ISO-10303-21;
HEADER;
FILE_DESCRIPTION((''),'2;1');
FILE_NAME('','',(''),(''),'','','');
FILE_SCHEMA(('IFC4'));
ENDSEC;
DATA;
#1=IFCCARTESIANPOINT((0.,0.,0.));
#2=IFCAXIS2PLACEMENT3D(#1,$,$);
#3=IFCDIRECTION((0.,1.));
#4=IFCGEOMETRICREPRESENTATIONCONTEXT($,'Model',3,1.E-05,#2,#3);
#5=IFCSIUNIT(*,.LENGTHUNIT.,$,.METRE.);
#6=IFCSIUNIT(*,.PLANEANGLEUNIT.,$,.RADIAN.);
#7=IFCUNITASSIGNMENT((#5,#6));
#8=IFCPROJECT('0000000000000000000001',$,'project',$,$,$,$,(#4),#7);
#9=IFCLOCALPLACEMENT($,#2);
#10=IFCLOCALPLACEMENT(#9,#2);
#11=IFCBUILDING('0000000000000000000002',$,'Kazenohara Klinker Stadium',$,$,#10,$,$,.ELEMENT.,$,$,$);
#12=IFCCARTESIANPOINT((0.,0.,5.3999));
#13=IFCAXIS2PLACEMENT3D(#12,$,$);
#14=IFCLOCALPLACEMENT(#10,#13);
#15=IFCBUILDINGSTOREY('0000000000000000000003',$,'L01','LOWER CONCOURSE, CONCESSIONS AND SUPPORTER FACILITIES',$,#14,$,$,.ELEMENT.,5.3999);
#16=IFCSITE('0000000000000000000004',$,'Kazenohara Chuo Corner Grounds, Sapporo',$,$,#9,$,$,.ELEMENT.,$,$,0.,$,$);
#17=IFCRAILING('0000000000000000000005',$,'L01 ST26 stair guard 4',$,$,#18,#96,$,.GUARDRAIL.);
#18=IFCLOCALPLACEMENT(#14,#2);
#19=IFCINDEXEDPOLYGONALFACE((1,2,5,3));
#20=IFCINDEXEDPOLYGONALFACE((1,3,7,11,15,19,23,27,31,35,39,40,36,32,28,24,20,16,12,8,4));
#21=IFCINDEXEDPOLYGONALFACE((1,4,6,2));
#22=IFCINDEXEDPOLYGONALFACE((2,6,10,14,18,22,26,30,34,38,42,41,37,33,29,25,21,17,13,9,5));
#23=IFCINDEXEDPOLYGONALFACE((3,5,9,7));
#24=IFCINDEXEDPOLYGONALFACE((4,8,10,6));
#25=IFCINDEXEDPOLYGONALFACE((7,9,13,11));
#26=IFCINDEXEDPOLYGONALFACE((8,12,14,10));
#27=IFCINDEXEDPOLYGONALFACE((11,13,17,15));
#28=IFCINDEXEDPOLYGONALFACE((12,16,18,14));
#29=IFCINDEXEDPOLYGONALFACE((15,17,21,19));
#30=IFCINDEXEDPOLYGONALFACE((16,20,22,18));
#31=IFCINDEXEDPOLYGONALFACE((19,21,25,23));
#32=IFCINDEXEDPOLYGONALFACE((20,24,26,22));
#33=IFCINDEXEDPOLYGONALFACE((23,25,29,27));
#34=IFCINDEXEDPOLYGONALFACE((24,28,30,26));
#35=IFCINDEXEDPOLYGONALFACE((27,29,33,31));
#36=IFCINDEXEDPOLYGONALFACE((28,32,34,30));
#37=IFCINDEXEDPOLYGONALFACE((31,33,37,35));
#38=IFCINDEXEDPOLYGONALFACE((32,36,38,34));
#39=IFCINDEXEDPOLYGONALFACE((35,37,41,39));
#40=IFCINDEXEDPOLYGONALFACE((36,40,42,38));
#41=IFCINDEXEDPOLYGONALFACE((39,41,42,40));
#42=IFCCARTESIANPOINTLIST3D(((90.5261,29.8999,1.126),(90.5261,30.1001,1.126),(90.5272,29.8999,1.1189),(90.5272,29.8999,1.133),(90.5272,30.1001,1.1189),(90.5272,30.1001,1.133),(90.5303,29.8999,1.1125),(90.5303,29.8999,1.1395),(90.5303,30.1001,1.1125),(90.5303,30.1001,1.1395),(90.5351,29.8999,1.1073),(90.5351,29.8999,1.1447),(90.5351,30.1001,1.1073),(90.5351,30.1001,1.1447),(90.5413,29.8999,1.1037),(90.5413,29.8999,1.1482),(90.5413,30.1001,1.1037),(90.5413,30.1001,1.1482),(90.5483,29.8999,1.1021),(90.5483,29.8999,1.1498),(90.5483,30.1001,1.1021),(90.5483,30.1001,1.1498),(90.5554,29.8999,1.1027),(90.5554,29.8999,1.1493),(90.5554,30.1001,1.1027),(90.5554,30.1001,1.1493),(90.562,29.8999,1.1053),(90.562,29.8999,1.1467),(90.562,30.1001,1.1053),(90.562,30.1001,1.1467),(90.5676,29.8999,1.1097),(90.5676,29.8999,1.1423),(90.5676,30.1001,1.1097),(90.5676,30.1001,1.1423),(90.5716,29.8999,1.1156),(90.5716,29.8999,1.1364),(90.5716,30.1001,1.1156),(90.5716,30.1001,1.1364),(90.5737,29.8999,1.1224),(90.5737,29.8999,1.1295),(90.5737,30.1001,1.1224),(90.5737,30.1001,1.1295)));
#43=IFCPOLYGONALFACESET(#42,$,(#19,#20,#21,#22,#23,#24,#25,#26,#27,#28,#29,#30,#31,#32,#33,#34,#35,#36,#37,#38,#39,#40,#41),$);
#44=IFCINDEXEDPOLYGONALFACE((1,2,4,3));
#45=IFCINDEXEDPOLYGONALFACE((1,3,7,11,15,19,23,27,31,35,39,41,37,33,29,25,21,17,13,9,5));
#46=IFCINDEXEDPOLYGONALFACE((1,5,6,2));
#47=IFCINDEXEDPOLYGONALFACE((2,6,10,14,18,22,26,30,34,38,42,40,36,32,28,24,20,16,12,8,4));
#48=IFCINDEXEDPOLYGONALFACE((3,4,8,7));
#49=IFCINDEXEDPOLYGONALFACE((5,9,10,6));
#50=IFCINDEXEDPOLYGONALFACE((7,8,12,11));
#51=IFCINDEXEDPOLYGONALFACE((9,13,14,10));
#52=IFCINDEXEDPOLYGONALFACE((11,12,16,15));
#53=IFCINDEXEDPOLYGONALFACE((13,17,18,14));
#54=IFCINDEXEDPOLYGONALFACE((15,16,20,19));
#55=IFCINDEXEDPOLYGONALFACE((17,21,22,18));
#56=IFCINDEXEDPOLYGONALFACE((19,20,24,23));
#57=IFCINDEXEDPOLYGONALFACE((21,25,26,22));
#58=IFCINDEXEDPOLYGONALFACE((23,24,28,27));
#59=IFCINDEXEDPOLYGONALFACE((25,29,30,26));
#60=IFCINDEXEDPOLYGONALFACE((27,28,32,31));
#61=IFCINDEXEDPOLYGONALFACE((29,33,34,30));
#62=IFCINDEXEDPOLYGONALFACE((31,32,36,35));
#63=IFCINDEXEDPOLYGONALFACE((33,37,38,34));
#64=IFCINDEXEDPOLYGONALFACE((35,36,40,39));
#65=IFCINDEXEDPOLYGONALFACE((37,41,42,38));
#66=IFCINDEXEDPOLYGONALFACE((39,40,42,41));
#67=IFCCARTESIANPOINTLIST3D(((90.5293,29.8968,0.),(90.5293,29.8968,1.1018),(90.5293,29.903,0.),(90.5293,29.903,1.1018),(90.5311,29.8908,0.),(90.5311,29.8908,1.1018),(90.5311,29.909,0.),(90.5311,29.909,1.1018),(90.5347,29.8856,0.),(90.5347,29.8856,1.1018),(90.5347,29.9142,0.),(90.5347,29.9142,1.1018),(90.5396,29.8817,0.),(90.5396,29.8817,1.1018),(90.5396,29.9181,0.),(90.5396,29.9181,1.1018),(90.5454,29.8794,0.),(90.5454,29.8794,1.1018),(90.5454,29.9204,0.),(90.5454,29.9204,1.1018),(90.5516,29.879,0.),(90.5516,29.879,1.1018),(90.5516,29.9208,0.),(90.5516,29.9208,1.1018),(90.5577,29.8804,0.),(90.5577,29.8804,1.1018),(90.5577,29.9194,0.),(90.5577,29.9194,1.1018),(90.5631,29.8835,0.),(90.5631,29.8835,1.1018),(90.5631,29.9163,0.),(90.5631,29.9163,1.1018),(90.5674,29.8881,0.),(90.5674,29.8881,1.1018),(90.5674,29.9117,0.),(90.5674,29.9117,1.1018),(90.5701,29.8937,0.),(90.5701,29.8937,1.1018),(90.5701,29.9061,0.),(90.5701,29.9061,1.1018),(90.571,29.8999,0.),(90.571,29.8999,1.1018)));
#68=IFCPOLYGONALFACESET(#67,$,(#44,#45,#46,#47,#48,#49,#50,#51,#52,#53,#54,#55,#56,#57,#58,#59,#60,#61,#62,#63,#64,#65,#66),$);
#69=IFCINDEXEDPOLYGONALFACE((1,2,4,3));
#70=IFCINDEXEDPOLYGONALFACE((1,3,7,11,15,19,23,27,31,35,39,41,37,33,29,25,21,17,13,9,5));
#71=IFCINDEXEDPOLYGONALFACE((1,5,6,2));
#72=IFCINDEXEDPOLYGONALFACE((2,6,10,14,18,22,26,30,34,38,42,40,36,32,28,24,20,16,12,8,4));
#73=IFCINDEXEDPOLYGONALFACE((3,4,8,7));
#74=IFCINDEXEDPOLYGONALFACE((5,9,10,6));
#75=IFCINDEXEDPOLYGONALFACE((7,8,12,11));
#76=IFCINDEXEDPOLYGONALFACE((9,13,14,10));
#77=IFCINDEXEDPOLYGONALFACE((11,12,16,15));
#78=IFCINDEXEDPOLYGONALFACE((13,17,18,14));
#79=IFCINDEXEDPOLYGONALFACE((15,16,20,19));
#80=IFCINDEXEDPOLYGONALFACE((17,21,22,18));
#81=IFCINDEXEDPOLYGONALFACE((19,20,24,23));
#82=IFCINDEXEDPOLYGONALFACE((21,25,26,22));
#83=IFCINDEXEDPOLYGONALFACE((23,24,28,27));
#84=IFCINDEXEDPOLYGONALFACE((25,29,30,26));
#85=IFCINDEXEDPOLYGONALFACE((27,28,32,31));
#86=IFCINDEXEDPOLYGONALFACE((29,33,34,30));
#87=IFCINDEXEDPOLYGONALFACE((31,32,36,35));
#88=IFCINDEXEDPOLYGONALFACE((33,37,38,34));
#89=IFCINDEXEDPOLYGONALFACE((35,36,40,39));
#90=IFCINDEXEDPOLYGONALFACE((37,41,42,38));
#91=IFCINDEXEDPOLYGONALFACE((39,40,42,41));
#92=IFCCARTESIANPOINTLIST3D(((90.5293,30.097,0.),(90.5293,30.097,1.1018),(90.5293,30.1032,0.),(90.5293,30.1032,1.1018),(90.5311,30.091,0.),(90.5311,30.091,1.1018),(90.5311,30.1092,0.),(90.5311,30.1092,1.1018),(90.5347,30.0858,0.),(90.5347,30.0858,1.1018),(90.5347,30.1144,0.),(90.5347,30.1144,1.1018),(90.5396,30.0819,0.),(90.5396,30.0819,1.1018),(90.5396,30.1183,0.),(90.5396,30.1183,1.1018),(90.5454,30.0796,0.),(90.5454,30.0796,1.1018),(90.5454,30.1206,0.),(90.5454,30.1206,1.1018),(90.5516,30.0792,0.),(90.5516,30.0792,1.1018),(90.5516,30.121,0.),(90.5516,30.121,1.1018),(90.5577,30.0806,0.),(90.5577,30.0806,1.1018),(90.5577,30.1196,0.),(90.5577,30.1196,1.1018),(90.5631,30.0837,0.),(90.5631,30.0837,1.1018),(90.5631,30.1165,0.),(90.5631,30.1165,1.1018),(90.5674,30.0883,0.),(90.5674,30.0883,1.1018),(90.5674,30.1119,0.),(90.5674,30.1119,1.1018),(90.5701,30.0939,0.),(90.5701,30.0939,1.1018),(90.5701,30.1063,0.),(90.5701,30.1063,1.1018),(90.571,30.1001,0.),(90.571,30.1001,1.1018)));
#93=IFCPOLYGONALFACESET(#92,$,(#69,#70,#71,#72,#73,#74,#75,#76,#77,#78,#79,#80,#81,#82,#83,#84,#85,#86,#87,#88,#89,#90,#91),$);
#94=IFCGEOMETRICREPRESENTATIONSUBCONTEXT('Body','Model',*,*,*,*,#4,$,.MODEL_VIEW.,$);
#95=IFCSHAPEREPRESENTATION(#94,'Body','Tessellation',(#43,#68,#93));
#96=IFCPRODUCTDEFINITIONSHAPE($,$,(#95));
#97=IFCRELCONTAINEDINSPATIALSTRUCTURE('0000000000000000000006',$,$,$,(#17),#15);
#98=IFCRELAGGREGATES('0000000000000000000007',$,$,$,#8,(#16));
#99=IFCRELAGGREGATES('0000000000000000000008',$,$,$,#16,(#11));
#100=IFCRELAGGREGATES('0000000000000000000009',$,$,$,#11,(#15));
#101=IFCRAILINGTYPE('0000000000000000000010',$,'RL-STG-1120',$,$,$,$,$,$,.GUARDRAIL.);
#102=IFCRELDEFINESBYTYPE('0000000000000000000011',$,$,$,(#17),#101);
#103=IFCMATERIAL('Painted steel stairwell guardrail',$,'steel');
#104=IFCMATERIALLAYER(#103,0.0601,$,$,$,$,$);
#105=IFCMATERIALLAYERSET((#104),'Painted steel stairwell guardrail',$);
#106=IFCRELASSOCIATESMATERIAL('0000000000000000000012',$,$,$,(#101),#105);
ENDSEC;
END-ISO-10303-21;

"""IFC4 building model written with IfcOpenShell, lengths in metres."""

from ifc_helpers import new_model, si_unit, direction, frame, origin, origin_2d, place, context, subcontext, project, spatial, circle, extrude, material, layer, layer_set, type_object, element, save


model = new_model("IFC4")

# Units and contexts
model_context = context("Model", 3, precision=1e-05, world=origin(), true_north=direction((0.0, 1.0)))
body_context = subcontext(model_context, "Body", "Model", "MODEL_VIEW")
ifc_project = project(units=[si_unit("LENGTHUNIT", "METRE"), si_unit("PLANEANGLEUNIT", "RADIAN")], contexts=[model_context])

# Site, building, storey
site_placement = place(None, origin())
site = spatial("IfcSite", under=ifc_project, at=site_placement, Name="Kazenohara Chuo Corner Grounds, Sapporo", CompositionType="ELEMENT", RefElevation=0.0)
building_placement = place(site_placement, origin())
building = spatial("IfcBuilding", under=site, at=building_placement, Name="Kazenohara Klinker Stadium", CompositionType="ELEMENT")
storey_placement = place(building_placement, frame((0.0, 0.0, 5.3999)))
storey = spatial("IfcBuildingStorey", under=building, at=storey_placement, Name="L01", Description="LOWER CONCOURSE, CONCESSIONS AND SUPPORTER FACILITIES", CompositionType="ELEMENT", Elevation=5.3999)

# Railing
ifc_material_1 = material(Name="Painted steel stairwell guardrail", Category="steel")
ifc_layer_1 = layer(ifc_material_1, 0.0601)
ifc_layer_set_1 = layer_set([ifc_layer_1], Name="Painted steel stairwell guardrail")
railing_type_1 = type_object("IfcRailingType", Name="RL-STG-1120", PredefinedType="GUARDRAIL", material=ifc_layer_set_1)
railing_1_placement = place(storey_placement, frame((90.55, 29.8999, 0.0)))
element("IfcRailing", 1, at=railing_1_placement, inside=storey, type_object=railing_type_1, Name="L01 ST26 stair guard 4", PredefinedType="GUARDRAIL", context=body_context, shape_type="SweptSolid", body=[
    extrude(circle(Radius=0.0239, at=origin_2d()), frame((0.0, 0.0, 1.126), z_axis=(0.0, 1.0, 0.0), x_axis=(-1.0, 0.0, 0.0)), (0.0, 0.0, 1.0), 0.2002),
    extrude(circle(Radius=0.021, at=origin_2d()), origin(), (0.0, 0.0, 1.0), 1.1018),
    extrude(circle(Radius=0.021, at=origin_2d()), frame((0.0, 0.2002, 0.0)), (0.0, 0.0, 1.0), 1.1018),
])

save(model, "model.ifc")
